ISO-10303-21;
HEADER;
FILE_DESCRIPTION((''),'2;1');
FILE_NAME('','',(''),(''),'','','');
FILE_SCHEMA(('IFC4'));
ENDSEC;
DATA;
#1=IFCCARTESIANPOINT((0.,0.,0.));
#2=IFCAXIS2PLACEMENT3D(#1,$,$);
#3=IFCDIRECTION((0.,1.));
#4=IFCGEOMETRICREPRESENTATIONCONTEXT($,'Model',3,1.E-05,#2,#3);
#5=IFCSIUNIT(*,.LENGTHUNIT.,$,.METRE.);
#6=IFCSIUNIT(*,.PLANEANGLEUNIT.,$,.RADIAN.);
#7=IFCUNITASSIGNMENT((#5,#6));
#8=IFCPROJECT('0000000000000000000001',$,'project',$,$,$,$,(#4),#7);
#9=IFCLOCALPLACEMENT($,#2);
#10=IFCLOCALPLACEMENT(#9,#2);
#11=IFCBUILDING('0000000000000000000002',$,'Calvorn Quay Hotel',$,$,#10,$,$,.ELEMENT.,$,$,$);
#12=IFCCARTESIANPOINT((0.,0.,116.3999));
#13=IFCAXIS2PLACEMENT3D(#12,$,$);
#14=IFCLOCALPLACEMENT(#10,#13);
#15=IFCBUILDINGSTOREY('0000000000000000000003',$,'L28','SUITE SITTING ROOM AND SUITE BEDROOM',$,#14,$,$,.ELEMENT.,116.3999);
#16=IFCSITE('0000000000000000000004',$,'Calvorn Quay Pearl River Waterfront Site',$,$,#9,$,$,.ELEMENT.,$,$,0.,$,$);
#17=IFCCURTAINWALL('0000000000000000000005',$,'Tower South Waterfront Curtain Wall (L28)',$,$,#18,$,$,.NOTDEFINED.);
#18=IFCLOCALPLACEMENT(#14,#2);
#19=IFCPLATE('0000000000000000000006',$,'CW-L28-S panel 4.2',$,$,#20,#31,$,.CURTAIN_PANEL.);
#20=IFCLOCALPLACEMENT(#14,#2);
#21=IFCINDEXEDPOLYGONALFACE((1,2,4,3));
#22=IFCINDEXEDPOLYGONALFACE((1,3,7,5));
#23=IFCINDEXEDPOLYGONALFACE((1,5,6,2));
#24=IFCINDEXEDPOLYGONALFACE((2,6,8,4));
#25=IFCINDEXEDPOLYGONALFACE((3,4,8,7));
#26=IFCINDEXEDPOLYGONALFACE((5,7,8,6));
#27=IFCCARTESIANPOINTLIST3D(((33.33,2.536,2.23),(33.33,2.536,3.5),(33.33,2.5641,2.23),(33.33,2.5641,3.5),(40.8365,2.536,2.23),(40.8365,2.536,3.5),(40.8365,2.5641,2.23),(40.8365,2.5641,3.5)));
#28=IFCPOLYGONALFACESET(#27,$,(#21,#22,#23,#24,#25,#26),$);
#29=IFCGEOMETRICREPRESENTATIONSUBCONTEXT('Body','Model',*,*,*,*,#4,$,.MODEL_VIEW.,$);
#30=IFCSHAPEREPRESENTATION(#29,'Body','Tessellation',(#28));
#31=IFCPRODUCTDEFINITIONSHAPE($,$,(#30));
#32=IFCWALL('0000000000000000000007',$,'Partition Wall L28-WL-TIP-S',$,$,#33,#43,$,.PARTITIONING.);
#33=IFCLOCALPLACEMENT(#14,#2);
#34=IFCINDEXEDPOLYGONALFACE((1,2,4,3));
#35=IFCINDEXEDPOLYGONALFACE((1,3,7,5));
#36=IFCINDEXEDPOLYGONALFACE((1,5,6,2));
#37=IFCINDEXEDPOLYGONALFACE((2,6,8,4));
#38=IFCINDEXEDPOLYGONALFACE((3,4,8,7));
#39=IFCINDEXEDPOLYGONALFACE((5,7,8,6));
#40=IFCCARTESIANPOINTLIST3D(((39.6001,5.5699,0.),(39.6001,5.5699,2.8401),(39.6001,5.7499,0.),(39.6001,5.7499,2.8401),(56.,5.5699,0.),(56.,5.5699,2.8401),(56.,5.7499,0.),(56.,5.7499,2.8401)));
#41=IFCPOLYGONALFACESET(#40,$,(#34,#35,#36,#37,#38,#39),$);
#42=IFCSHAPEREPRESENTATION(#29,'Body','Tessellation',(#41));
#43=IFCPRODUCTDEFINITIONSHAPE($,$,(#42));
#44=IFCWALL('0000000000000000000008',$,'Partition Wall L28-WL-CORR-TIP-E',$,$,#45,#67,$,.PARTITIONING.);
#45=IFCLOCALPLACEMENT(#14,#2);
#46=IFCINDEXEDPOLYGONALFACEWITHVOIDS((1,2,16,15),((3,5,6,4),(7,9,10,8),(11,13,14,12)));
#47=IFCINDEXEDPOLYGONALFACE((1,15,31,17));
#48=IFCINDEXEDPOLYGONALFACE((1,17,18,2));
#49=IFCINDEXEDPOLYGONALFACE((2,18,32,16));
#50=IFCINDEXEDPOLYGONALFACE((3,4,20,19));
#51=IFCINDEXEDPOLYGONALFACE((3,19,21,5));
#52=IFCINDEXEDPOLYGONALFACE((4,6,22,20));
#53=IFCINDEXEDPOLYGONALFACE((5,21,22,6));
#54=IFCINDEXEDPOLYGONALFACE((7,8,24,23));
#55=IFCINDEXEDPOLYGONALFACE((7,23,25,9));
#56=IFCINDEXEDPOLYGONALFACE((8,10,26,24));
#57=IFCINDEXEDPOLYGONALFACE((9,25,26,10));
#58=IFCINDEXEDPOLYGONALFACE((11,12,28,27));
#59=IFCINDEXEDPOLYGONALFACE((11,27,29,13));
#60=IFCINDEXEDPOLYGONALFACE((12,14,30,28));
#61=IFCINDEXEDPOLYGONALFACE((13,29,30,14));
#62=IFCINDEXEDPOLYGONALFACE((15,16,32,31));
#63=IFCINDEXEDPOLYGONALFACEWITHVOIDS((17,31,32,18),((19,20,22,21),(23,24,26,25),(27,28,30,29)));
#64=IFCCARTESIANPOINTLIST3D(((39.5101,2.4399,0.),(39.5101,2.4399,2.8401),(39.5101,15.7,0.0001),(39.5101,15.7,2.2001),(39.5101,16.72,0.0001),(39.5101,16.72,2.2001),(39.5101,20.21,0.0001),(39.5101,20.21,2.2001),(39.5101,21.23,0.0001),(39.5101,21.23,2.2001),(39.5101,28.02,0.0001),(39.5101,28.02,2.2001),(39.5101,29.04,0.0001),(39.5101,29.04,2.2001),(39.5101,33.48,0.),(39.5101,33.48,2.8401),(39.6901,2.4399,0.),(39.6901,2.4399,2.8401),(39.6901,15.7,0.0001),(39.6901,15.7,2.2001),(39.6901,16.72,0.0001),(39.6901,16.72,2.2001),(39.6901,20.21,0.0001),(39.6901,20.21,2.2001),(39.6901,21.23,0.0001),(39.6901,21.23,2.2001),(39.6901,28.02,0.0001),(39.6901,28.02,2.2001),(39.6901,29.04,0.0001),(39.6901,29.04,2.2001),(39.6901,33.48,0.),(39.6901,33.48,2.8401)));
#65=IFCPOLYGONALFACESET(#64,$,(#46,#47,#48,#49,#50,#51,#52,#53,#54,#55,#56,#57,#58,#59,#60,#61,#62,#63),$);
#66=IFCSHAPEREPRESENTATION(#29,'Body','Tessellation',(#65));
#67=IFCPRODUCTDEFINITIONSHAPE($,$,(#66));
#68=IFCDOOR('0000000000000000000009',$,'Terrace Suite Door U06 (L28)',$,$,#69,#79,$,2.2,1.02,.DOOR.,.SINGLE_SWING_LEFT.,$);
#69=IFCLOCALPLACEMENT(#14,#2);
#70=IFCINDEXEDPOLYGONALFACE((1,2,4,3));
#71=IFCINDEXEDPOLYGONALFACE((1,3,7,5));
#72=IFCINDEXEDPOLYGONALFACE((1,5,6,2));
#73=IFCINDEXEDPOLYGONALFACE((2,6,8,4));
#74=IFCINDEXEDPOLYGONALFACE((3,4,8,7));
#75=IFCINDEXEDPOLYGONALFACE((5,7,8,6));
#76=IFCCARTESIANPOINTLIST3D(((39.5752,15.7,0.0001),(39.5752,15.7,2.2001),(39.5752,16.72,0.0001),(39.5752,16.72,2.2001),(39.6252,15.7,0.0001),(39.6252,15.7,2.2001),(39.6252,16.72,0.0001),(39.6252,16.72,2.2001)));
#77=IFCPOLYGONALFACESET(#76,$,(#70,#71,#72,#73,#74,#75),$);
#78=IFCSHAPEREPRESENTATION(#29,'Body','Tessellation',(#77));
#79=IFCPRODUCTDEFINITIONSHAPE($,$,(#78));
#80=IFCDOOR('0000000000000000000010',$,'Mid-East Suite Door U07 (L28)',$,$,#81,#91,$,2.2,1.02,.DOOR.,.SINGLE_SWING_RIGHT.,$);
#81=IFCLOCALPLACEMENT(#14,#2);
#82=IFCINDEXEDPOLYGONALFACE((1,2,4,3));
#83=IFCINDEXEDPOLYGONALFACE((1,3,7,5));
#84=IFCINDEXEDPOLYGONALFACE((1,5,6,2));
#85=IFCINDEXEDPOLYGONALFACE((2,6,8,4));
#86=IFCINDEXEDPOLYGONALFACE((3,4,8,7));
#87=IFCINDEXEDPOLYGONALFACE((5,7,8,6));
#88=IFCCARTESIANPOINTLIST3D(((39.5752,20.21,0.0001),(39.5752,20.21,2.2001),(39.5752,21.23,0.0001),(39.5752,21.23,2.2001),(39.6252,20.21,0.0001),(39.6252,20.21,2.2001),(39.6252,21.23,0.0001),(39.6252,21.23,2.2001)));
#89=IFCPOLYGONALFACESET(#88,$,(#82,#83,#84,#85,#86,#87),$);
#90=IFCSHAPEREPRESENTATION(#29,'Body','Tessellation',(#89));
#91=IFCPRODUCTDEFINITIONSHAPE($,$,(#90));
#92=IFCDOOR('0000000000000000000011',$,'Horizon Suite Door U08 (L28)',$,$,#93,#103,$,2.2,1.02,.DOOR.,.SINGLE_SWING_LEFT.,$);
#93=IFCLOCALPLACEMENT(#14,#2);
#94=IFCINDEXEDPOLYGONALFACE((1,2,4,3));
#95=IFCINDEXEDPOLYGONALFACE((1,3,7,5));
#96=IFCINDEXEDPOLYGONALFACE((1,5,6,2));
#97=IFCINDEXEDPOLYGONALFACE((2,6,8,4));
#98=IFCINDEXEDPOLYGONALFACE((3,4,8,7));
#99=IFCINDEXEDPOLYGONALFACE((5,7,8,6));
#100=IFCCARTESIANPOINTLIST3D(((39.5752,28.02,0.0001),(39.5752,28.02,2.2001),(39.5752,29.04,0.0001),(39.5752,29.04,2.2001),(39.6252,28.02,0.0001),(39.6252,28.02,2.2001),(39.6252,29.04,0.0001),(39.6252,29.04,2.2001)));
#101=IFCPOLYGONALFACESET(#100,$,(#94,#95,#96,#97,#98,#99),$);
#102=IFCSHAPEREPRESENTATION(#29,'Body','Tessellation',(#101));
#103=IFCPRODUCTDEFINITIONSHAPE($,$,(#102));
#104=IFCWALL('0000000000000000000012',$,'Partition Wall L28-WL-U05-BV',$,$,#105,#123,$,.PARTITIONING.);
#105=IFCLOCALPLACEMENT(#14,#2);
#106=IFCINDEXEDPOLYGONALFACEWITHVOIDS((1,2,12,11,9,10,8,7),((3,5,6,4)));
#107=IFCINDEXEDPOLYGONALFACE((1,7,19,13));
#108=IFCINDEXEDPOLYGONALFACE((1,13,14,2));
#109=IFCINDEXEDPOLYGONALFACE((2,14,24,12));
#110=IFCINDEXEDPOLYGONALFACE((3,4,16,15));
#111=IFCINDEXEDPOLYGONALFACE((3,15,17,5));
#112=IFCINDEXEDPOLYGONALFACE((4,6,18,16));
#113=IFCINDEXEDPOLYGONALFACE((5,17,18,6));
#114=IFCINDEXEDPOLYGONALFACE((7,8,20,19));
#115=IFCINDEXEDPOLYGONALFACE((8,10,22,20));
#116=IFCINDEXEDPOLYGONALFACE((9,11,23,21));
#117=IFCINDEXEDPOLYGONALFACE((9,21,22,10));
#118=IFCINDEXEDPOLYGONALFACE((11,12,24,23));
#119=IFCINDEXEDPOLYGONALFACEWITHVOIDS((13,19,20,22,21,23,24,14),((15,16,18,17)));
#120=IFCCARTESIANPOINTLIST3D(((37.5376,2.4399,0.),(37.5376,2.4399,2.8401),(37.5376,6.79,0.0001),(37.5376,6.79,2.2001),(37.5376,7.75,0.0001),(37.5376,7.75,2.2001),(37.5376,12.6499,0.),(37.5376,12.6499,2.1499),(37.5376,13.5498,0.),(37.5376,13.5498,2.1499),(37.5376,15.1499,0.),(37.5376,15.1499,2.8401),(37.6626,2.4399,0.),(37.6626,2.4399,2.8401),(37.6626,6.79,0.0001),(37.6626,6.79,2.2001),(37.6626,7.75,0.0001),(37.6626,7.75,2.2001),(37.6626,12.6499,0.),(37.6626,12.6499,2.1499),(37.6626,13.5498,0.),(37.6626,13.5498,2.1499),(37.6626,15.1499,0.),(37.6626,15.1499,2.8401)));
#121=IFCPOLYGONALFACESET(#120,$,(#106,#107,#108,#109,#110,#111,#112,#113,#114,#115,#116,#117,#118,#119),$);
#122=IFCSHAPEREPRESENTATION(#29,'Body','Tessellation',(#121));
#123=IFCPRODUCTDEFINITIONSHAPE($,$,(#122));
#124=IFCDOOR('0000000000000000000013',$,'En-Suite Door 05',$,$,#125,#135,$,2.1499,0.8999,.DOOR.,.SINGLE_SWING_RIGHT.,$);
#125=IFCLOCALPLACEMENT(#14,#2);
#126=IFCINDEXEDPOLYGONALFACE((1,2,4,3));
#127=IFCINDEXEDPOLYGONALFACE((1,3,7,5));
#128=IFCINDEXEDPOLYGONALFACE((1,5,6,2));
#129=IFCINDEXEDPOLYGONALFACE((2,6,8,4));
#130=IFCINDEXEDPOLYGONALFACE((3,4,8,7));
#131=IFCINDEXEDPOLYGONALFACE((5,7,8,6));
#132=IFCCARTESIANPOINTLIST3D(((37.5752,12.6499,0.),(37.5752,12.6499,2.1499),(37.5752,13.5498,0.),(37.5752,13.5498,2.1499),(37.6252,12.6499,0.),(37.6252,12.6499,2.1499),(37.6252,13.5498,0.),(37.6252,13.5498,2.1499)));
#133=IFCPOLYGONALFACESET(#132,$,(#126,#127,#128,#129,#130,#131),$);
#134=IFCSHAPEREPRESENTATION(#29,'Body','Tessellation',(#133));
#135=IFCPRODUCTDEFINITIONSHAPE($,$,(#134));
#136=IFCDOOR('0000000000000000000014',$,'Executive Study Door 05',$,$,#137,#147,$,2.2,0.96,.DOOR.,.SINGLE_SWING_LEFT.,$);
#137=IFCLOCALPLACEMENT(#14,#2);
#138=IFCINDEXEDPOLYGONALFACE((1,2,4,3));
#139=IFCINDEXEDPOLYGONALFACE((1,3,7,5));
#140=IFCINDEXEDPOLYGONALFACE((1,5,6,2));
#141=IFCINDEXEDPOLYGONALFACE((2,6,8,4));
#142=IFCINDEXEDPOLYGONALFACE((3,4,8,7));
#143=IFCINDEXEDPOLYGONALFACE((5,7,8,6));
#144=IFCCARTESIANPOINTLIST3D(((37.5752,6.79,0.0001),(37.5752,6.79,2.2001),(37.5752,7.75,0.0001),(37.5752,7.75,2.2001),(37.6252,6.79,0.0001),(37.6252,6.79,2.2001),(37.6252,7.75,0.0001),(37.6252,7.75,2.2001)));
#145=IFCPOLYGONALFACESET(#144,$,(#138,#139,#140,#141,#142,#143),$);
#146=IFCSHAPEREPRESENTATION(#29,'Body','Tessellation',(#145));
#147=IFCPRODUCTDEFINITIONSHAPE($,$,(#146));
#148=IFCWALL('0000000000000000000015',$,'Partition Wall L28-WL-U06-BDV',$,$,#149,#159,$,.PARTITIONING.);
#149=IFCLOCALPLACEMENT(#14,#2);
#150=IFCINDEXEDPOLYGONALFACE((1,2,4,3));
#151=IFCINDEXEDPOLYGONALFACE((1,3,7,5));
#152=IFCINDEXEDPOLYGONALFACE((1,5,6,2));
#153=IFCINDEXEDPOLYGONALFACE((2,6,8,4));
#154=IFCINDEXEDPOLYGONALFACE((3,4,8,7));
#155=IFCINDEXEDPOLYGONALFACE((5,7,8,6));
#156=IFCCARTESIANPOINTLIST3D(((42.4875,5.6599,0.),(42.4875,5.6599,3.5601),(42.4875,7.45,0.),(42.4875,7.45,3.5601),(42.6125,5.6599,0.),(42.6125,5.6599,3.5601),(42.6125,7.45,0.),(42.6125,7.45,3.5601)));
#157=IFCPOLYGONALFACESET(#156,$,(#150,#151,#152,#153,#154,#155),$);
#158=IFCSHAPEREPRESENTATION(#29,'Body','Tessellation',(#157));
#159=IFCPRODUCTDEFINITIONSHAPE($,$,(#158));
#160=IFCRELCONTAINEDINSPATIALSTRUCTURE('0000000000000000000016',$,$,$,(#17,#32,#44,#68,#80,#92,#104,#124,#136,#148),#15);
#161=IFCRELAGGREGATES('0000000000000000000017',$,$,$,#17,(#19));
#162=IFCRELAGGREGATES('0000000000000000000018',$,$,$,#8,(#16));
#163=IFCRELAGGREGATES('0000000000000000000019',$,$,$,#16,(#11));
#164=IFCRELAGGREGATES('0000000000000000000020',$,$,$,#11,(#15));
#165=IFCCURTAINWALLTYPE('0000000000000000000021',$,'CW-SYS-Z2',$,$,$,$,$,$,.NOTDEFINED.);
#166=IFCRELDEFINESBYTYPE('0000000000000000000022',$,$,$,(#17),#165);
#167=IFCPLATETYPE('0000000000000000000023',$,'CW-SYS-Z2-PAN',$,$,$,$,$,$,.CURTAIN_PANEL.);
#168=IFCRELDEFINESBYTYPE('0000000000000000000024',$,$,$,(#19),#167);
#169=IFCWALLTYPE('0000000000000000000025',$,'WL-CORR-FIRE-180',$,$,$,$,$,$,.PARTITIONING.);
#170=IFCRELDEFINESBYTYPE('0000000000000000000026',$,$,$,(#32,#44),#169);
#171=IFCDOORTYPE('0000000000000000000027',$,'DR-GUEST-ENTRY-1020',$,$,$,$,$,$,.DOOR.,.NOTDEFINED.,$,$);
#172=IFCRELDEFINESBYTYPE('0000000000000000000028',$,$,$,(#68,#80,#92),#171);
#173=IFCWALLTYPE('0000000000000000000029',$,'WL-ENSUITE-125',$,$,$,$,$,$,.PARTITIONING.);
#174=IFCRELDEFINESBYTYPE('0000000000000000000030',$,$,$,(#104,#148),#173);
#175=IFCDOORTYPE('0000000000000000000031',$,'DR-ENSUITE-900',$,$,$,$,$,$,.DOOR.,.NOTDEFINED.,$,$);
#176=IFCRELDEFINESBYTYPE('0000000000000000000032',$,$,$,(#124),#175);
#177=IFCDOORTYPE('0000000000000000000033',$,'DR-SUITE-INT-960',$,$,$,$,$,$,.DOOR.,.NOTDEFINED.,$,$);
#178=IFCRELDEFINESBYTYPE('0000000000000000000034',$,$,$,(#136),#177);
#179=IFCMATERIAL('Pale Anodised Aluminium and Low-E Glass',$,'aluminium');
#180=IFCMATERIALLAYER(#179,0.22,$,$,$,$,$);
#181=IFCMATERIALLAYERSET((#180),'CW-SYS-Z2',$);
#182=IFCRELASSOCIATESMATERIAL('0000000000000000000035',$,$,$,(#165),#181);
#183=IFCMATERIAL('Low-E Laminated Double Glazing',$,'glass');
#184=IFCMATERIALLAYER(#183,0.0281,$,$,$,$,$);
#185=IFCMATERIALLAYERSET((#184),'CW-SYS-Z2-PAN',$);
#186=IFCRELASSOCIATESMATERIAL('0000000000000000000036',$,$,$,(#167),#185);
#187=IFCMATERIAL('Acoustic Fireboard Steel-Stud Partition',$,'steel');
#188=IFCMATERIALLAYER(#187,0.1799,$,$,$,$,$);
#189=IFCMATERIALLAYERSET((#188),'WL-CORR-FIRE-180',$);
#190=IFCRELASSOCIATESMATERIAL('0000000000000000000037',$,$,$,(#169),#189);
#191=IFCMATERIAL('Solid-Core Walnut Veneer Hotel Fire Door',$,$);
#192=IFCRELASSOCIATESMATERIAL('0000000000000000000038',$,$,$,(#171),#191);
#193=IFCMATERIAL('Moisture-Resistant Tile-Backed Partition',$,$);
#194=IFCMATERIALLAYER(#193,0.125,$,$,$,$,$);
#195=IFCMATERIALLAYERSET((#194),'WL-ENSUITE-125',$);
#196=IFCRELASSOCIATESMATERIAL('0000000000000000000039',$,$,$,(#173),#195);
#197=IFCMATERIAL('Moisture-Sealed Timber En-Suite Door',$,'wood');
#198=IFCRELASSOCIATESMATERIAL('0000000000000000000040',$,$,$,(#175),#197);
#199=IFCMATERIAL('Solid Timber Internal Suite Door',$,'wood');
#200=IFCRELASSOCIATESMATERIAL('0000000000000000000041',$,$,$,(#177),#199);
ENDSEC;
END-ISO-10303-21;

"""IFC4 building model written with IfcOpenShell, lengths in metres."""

from ifc_helpers import new_model, si_unit, direction, frame, frame_2d, origin, origin_2d, place, context, subcontext, project, spatial, rectangle, extrude, material, layer, layer_set, type_object, element, fill, aggregate, save


model = new_model("IFC4")

# Units and contexts
model_context = context("Model", 3, precision=1e-05, world=origin(), true_north=direction((0.0, 1.0)))
body_context = subcontext(model_context, "Body", "Model", "MODEL_VIEW")
ifc_project = project(units=[si_unit("LENGTHUNIT", "METRE"), si_unit("PLANEANGLEUNIT", "RADIAN")], contexts=[model_context])

# Site, building, storey
site_placement = place(None, origin())
site = spatial("IfcSite", under=ifc_project, at=site_placement, Name="Calvorn Quay Pearl River Waterfront Site", CompositionType="ELEMENT", RefElevation=0.0)
building_placement = place(site_placement, origin())
building = spatial("IfcBuilding", under=site, at=building_placement, Name="Calvorn Quay Hotel", CompositionType="ELEMENT")
storey_placement = place(building_placement, frame((0.0, 0.0, 116.3999)))
storey = spatial("IfcBuildingStorey", under=building, at=storey_placement, Name="L28", Description="SUITE SITTING ROOM AND SUITE BEDROOM", CompositionType="ELEMENT", Elevation=116.3999)

# Curtain wall, plate
ifc_material_1 = material(Name="Pale Anodised Aluminium and Low-E Glass", Category="aluminium")
ifc_layer_1 = layer(ifc_material_1, 0.22)
ifc_layer_set_1 = layer_set([ifc_layer_1], Name="CW-SYS-Z2")
curtain_wall_type = type_object("IfcCurtainWallType", Name="CW-SYS-Z2", PredefinedType="NOTDEFINED", material=ifc_layer_set_1)
curtain_wall_placement = place(storey_placement, origin())
curtain_wall = element("IfcCurtainWall", 1, at=curtain_wall_placement, inside=storey, type_object=curtain_wall_type, Name="Tower South Waterfront Curtain Wall (L28)", PredefinedType="NOTDEFINED")
ifc_material_2 = material(Name="Low-E Laminated Double Glazing", Category="glass")
ifc_layer_2 = layer(ifc_material_2, 0.0281)
ifc_layer_set_2 = layer_set([ifc_layer_2], Name="CW-SYS-Z2-PAN")
plate_type = type_object("IfcPlateType", Name="CW-SYS-Z2-PAN", PredefinedType="CURTAIN_PANEL", material=ifc_layer_set_2)
plate_1_placement = place(storey_placement, frame((37.0833, 2.55, 2.23), z_axis=(0.0, 0.0, 1.0), x_axis=(1.0, 0.0, 0.0)))
plate_1 = element("IfcPlate", 2, at=plate_1_placement, type_object=plate_type, Name="CW-L28-S panel 4.2", PredefinedType="CURTAIN_PANEL", context=body_context, shape_type="SweptSolid", body=[
    extrude(rectangle(XDim=7.5066, YDim=0.0281, at=origin_2d()), origin(), (0.0, 0.0, 1.0), 1.27),
])
aggregate(curtain_wall, [plate_1])

# Wall
ifc_material_3 = material(Name="Acoustic Fireboard Steel-Stud Partition", Category="steel")
ifc_layer_3 = layer(ifc_material_3, 0.1799)
ifc_layer_set_3 = layer_set([ifc_layer_3], Name="WL-CORR-FIRE-180")
wall_type_1 = type_object("IfcWallType", Name="WL-CORR-FIRE-180", PredefinedType="PARTITIONING", material=ifc_layer_set_3)
wall_1_placement = place(storey_placement, frame((39.6001, 5.6599, 0.0), z_axis=(0.0, 0.0, 1.0), x_axis=(1.0, 0.0, 0.0)))
element("IfcWall", 3, at=wall_1_placement, inside=storey, type_object=wall_type_1, Name="Partition Wall L28-WL-TIP-S", PredefinedType="PARTITIONING", context=body_context, shape_type="SweptSolid", body=[
    extrude(rectangle(XDim=16.3999, YDim=0.1799, at=frame_2d((8.2, 0.0))), origin(), (0.0, 0.0, 1.0), 2.8401),
])

# Walls, openings, doors
wall_2_placement = place(storey_placement, frame((39.6001, 2.4399, 0.0), z_axis=(0.0, 0.0, 1.0), x_axis=(0.0, 1.0, 0.0)))
wall_2 = element("IfcWall", 4, at=wall_2_placement, inside=storey, type_object=wall_type_1, Name="Partition Wall L28-WL-CORR-TIP-E", PredefinedType="PARTITIONING", context=body_context, shape_type="SweptSolid", body=[
    extrude(rectangle(XDim=31.04, YDim=0.1799, at=frame_2d((15.52, 0.0))), origin(), (0.0, 0.0, 1.0), 2.8401),
])
opening_1_placement = place(wall_2_placement, frame((13.26, 0.0, 0.0)))
opening_1 = element("IfcOpeningElement", 5, at=opening_1_placement, cuts=wall_2, PredefinedType="OPENING", context=body_context, shape_type="SweptSolid", body=[
    extrude(rectangle(XDim=1.02, YDim=2.2, at=frame_2d((0.51, 1.1001))), frame((0.0, 0.0999, 0.0), z_axis=(0.0, -1.0, 0.0), x_axis=(1.0, 0.0, 0.0)), (0.0, 0.0, 1.0), 0.2),
])
opening_2_placement = place(wall_2_placement, frame((17.77, 0.0, 0.0)))
opening_2 = element("IfcOpeningElement", 6, at=opening_2_placement, cuts=wall_2, PredefinedType="OPENING", context=body_context, shape_type="SweptSolid", body=[
    extrude(rectangle(XDim=1.02, YDim=2.2, at=frame_2d((0.51, 1.1001))), frame((0.0, 0.0999, 0.0), z_axis=(0.0, -1.0, 0.0), x_axis=(1.0, 0.0, 0.0)), (0.0, 0.0, 1.0), 0.2),
])
opening_3_placement = place(wall_2_placement, frame((25.5801, 0.0, 0.0)))
opening_3 = element("IfcOpeningElement", 7, at=opening_3_placement, cuts=wall_2, PredefinedType="OPENING", context=body_context, shape_type="SweptSolid", body=[
    extrude(rectangle(XDim=1.02, YDim=2.2, at=frame_2d((0.51, 1.1001))), frame((0.0, 0.0999, 0.0), z_axis=(0.0, -1.0, 0.0), x_axis=(1.0, 0.0, 0.0)), (0.0, 0.0, 1.0), 0.2),
])
ifc_material_4 = material(Name="Solid-Core Walnut Veneer Hotel Fire Door")
door_type_1 = type_object("IfcDoorType", Name="DR-GUEST-ENTRY-1020", OperationType="NOTDEFINED", PredefinedType="DOOR", material=ifc_material_4)
door_1_placement = place(opening_1_placement, origin())
door_1 = element("IfcDoor", 8, at=door_1_placement, inside=storey, type_object=door_type_1, Name="Terrace Suite Door U06 (L28)", OperationType="SINGLE_SWING_LEFT", OverallHeight=2.2, OverallWidth=1.02, PredefinedType="DOOR", context=body_context, shape_type="SweptSolid", body=[
    extrude(rectangle(XDim=1.02, YDim=2.2, at=frame_2d((0.51, 1.1001))), frame((0.0, 0.0249, 0.0), z_axis=(0.0, -1.0, 0.0), x_axis=(1.0, 0.0, 0.0)), (0.0, 0.0, 1.0), 0.05),
])
fill(opening_1, door_1)
door_2_placement = place(opening_2_placement, origin())
door_2 = element("IfcDoor", 9, at=door_2_placement, inside=storey, type_object=door_type_1, Name="Mid-East Suite Door U07 (L28)", OperationType="SINGLE_SWING_RIGHT", OverallHeight=2.2, OverallWidth=1.02, PredefinedType="DOOR", context=body_context, shape_type="SweptSolid", body=[
    extrude(rectangle(XDim=1.02, YDim=2.2, at=frame_2d((0.51, 1.1001))), frame((0.0, 0.0249, 0.0), z_axis=(0.0, -1.0, 0.0), x_axis=(1.0, 0.0, 0.0)), (0.0, 0.0, 1.0), 0.05),
])
fill(opening_2, door_2)
door_3_placement = place(opening_3_placement, origin())
door_3 = element("IfcDoor", 10, at=door_3_placement, inside=storey, type_object=door_type_1, Name="Horizon Suite Door U08 (L28)", OperationType="SINGLE_SWING_LEFT", OverallHeight=2.2, OverallWidth=1.02, PredefinedType="DOOR", context=body_context, shape_type="SweptSolid", body=[
    extrude(rectangle(XDim=1.02, YDim=2.2, at=frame_2d((0.51, 1.1001))), frame((0.0, 0.0249, 0.0), z_axis=(0.0, -1.0, 0.0), x_axis=(1.0, 0.0, 0.0)), (0.0, 0.0, 1.0), 0.05),
])
fill(opening_3, door_3)
ifc_material_5 = material(Name="Moisture-Resistant Tile-Backed Partition")
ifc_layer_4 = layer(ifc_material_5, 0.125)
ifc_layer_set_4 = layer_set([ifc_layer_4], Name="WL-ENSUITE-125")
wall_type_2 = type_object("IfcWallType", Name="WL-ENSUITE-125", PredefinedType="PARTITIONING", material=ifc_layer_set_4)
wall_3_placement = place(storey_placement, frame((37.6001, 2.4399, 0.0), z_axis=(0.0, 0.0, 1.0), x_axis=(0.0, 1.0, 0.0)))
wall_3 = element("IfcWall", 11, at=wall_3_placement, inside=storey, type_object=wall_type_2, Name="Partition Wall L28-WL-U05-BV", PredefinedType="PARTITIONING", context=body_context, shape_type="SweptSolid", body=[
    extrude(rectangle(XDim=12.71, YDim=0.125, at=frame_2d((6.355, 0.0))), origin(), (0.0, 0.0, 1.0), 2.8401),
])
opening_4_placement = place(wall_3_placement, frame((4.3501, 0.0, 0.0)))
opening_4 = element("IfcOpeningElement", 12, at=opening_4_placement, cuts=wall_3, PredefinedType="OPENING", context=body_context, shape_type="SweptSolid", body=[
    extrude(rectangle(XDim=0.96, YDim=2.2, at=frame_2d((0.48, 1.1001))), frame((0.0, 0.0725, 0.0), z_axis=(0.0, -1.0, 0.0), x_axis=(1.0, 0.0, 0.0)), (0.0, 0.0, 1.0), 0.145),
])
opening_5_placement = place(wall_3_placement, frame((10.21, 0.0, 0.0)))
opening_5 = element("IfcOpeningElement", 13, at=opening_5_placement, cuts=wall_3, PredefinedType="OPENING", context=body_context, shape_type="SweptSolid", body=[
    extrude(rectangle(XDim=0.8999, YDim=2.1499, at=frame_2d((0.45, 1.075))), frame((0.0, 0.0725, 0.0), z_axis=(0.0, -1.0, 0.0), x_axis=(1.0, 0.0, 0.0)), (0.0, 0.0, 1.0), 0.145),
])
ifc_material_6 = material(Name="Moisture-Sealed Timber En-Suite Door", Category="wood")
door_type_2 = type_object("IfcDoorType", Name="DR-ENSUITE-900", OperationType="NOTDEFINED", PredefinedType="DOOR", material=ifc_material_6)
door_4_placement = place(opening_5_placement, origin())
door_4 = element("IfcDoor", 14, at=door_4_placement, inside=storey, type_object=door_type_2, Name="En-Suite Door 05", OperationType="SINGLE_SWING_RIGHT", OverallHeight=2.1499, OverallWidth=0.8999, PredefinedType="DOOR", context=body_context, shape_type="SweptSolid", body=[
    extrude(rectangle(XDim=0.8999, YDim=2.1499, at=frame_2d((0.45, 1.075))), frame((0.0, 0.0249, 0.0), z_axis=(0.0, -1.0, 0.0), x_axis=(1.0, 0.0, 0.0)), (0.0, 0.0, 1.0), 0.05),
])
fill(opening_5, door_4)
ifc_material_7 = material(Name="Solid Timber Internal Suite Door", Category="wood")
door_type_3 = type_object("IfcDoorType", Name="DR-SUITE-INT-960", OperationType="NOTDEFINED", PredefinedType="DOOR", material=ifc_material_7)
door_5_placement = place(opening_4_placement, origin())
door_5 = element("IfcDoor", 15, at=door_5_placement, inside=storey, type_object=door_type_3, Name="Executive Study Door 05", OperationType="SINGLE_SWING_LEFT", OverallHeight=2.2, OverallWidth=0.96, PredefinedType="DOOR", context=body_context, shape_type="SweptSolid", body=[
    extrude(rectangle(XDim=0.96, YDim=2.2, at=frame_2d((0.48, 1.1001))), frame((0.0, 0.0249, 0.0), z_axis=(0.0, -1.0, 0.0), x_axis=(1.0, 0.0, 0.0)), (0.0, 0.0, 1.0), 0.05),
])
fill(opening_4, door_5)

# Wall
wall_4_placement = place(storey_placement, frame((42.55, 5.6599, 0.0), z_axis=(0.0, 0.0, 1.0), x_axis=(0.0, 1.0, 0.0)))
element("IfcWall", 16, at=wall_4_placement, inside=storey, type_object=wall_type_2, Name="Partition Wall L28-WL-U06-BDV", PredefinedType="PARTITIONING", context=body_context, shape_type="SweptSolid", body=[
    extrude(rectangle(XDim=1.79, YDim=0.125, at=frame_2d((0.895, 0.0))), origin(), (0.0, 0.0, 1.0), 3.5601),
])

save(model, "model.ifc")
